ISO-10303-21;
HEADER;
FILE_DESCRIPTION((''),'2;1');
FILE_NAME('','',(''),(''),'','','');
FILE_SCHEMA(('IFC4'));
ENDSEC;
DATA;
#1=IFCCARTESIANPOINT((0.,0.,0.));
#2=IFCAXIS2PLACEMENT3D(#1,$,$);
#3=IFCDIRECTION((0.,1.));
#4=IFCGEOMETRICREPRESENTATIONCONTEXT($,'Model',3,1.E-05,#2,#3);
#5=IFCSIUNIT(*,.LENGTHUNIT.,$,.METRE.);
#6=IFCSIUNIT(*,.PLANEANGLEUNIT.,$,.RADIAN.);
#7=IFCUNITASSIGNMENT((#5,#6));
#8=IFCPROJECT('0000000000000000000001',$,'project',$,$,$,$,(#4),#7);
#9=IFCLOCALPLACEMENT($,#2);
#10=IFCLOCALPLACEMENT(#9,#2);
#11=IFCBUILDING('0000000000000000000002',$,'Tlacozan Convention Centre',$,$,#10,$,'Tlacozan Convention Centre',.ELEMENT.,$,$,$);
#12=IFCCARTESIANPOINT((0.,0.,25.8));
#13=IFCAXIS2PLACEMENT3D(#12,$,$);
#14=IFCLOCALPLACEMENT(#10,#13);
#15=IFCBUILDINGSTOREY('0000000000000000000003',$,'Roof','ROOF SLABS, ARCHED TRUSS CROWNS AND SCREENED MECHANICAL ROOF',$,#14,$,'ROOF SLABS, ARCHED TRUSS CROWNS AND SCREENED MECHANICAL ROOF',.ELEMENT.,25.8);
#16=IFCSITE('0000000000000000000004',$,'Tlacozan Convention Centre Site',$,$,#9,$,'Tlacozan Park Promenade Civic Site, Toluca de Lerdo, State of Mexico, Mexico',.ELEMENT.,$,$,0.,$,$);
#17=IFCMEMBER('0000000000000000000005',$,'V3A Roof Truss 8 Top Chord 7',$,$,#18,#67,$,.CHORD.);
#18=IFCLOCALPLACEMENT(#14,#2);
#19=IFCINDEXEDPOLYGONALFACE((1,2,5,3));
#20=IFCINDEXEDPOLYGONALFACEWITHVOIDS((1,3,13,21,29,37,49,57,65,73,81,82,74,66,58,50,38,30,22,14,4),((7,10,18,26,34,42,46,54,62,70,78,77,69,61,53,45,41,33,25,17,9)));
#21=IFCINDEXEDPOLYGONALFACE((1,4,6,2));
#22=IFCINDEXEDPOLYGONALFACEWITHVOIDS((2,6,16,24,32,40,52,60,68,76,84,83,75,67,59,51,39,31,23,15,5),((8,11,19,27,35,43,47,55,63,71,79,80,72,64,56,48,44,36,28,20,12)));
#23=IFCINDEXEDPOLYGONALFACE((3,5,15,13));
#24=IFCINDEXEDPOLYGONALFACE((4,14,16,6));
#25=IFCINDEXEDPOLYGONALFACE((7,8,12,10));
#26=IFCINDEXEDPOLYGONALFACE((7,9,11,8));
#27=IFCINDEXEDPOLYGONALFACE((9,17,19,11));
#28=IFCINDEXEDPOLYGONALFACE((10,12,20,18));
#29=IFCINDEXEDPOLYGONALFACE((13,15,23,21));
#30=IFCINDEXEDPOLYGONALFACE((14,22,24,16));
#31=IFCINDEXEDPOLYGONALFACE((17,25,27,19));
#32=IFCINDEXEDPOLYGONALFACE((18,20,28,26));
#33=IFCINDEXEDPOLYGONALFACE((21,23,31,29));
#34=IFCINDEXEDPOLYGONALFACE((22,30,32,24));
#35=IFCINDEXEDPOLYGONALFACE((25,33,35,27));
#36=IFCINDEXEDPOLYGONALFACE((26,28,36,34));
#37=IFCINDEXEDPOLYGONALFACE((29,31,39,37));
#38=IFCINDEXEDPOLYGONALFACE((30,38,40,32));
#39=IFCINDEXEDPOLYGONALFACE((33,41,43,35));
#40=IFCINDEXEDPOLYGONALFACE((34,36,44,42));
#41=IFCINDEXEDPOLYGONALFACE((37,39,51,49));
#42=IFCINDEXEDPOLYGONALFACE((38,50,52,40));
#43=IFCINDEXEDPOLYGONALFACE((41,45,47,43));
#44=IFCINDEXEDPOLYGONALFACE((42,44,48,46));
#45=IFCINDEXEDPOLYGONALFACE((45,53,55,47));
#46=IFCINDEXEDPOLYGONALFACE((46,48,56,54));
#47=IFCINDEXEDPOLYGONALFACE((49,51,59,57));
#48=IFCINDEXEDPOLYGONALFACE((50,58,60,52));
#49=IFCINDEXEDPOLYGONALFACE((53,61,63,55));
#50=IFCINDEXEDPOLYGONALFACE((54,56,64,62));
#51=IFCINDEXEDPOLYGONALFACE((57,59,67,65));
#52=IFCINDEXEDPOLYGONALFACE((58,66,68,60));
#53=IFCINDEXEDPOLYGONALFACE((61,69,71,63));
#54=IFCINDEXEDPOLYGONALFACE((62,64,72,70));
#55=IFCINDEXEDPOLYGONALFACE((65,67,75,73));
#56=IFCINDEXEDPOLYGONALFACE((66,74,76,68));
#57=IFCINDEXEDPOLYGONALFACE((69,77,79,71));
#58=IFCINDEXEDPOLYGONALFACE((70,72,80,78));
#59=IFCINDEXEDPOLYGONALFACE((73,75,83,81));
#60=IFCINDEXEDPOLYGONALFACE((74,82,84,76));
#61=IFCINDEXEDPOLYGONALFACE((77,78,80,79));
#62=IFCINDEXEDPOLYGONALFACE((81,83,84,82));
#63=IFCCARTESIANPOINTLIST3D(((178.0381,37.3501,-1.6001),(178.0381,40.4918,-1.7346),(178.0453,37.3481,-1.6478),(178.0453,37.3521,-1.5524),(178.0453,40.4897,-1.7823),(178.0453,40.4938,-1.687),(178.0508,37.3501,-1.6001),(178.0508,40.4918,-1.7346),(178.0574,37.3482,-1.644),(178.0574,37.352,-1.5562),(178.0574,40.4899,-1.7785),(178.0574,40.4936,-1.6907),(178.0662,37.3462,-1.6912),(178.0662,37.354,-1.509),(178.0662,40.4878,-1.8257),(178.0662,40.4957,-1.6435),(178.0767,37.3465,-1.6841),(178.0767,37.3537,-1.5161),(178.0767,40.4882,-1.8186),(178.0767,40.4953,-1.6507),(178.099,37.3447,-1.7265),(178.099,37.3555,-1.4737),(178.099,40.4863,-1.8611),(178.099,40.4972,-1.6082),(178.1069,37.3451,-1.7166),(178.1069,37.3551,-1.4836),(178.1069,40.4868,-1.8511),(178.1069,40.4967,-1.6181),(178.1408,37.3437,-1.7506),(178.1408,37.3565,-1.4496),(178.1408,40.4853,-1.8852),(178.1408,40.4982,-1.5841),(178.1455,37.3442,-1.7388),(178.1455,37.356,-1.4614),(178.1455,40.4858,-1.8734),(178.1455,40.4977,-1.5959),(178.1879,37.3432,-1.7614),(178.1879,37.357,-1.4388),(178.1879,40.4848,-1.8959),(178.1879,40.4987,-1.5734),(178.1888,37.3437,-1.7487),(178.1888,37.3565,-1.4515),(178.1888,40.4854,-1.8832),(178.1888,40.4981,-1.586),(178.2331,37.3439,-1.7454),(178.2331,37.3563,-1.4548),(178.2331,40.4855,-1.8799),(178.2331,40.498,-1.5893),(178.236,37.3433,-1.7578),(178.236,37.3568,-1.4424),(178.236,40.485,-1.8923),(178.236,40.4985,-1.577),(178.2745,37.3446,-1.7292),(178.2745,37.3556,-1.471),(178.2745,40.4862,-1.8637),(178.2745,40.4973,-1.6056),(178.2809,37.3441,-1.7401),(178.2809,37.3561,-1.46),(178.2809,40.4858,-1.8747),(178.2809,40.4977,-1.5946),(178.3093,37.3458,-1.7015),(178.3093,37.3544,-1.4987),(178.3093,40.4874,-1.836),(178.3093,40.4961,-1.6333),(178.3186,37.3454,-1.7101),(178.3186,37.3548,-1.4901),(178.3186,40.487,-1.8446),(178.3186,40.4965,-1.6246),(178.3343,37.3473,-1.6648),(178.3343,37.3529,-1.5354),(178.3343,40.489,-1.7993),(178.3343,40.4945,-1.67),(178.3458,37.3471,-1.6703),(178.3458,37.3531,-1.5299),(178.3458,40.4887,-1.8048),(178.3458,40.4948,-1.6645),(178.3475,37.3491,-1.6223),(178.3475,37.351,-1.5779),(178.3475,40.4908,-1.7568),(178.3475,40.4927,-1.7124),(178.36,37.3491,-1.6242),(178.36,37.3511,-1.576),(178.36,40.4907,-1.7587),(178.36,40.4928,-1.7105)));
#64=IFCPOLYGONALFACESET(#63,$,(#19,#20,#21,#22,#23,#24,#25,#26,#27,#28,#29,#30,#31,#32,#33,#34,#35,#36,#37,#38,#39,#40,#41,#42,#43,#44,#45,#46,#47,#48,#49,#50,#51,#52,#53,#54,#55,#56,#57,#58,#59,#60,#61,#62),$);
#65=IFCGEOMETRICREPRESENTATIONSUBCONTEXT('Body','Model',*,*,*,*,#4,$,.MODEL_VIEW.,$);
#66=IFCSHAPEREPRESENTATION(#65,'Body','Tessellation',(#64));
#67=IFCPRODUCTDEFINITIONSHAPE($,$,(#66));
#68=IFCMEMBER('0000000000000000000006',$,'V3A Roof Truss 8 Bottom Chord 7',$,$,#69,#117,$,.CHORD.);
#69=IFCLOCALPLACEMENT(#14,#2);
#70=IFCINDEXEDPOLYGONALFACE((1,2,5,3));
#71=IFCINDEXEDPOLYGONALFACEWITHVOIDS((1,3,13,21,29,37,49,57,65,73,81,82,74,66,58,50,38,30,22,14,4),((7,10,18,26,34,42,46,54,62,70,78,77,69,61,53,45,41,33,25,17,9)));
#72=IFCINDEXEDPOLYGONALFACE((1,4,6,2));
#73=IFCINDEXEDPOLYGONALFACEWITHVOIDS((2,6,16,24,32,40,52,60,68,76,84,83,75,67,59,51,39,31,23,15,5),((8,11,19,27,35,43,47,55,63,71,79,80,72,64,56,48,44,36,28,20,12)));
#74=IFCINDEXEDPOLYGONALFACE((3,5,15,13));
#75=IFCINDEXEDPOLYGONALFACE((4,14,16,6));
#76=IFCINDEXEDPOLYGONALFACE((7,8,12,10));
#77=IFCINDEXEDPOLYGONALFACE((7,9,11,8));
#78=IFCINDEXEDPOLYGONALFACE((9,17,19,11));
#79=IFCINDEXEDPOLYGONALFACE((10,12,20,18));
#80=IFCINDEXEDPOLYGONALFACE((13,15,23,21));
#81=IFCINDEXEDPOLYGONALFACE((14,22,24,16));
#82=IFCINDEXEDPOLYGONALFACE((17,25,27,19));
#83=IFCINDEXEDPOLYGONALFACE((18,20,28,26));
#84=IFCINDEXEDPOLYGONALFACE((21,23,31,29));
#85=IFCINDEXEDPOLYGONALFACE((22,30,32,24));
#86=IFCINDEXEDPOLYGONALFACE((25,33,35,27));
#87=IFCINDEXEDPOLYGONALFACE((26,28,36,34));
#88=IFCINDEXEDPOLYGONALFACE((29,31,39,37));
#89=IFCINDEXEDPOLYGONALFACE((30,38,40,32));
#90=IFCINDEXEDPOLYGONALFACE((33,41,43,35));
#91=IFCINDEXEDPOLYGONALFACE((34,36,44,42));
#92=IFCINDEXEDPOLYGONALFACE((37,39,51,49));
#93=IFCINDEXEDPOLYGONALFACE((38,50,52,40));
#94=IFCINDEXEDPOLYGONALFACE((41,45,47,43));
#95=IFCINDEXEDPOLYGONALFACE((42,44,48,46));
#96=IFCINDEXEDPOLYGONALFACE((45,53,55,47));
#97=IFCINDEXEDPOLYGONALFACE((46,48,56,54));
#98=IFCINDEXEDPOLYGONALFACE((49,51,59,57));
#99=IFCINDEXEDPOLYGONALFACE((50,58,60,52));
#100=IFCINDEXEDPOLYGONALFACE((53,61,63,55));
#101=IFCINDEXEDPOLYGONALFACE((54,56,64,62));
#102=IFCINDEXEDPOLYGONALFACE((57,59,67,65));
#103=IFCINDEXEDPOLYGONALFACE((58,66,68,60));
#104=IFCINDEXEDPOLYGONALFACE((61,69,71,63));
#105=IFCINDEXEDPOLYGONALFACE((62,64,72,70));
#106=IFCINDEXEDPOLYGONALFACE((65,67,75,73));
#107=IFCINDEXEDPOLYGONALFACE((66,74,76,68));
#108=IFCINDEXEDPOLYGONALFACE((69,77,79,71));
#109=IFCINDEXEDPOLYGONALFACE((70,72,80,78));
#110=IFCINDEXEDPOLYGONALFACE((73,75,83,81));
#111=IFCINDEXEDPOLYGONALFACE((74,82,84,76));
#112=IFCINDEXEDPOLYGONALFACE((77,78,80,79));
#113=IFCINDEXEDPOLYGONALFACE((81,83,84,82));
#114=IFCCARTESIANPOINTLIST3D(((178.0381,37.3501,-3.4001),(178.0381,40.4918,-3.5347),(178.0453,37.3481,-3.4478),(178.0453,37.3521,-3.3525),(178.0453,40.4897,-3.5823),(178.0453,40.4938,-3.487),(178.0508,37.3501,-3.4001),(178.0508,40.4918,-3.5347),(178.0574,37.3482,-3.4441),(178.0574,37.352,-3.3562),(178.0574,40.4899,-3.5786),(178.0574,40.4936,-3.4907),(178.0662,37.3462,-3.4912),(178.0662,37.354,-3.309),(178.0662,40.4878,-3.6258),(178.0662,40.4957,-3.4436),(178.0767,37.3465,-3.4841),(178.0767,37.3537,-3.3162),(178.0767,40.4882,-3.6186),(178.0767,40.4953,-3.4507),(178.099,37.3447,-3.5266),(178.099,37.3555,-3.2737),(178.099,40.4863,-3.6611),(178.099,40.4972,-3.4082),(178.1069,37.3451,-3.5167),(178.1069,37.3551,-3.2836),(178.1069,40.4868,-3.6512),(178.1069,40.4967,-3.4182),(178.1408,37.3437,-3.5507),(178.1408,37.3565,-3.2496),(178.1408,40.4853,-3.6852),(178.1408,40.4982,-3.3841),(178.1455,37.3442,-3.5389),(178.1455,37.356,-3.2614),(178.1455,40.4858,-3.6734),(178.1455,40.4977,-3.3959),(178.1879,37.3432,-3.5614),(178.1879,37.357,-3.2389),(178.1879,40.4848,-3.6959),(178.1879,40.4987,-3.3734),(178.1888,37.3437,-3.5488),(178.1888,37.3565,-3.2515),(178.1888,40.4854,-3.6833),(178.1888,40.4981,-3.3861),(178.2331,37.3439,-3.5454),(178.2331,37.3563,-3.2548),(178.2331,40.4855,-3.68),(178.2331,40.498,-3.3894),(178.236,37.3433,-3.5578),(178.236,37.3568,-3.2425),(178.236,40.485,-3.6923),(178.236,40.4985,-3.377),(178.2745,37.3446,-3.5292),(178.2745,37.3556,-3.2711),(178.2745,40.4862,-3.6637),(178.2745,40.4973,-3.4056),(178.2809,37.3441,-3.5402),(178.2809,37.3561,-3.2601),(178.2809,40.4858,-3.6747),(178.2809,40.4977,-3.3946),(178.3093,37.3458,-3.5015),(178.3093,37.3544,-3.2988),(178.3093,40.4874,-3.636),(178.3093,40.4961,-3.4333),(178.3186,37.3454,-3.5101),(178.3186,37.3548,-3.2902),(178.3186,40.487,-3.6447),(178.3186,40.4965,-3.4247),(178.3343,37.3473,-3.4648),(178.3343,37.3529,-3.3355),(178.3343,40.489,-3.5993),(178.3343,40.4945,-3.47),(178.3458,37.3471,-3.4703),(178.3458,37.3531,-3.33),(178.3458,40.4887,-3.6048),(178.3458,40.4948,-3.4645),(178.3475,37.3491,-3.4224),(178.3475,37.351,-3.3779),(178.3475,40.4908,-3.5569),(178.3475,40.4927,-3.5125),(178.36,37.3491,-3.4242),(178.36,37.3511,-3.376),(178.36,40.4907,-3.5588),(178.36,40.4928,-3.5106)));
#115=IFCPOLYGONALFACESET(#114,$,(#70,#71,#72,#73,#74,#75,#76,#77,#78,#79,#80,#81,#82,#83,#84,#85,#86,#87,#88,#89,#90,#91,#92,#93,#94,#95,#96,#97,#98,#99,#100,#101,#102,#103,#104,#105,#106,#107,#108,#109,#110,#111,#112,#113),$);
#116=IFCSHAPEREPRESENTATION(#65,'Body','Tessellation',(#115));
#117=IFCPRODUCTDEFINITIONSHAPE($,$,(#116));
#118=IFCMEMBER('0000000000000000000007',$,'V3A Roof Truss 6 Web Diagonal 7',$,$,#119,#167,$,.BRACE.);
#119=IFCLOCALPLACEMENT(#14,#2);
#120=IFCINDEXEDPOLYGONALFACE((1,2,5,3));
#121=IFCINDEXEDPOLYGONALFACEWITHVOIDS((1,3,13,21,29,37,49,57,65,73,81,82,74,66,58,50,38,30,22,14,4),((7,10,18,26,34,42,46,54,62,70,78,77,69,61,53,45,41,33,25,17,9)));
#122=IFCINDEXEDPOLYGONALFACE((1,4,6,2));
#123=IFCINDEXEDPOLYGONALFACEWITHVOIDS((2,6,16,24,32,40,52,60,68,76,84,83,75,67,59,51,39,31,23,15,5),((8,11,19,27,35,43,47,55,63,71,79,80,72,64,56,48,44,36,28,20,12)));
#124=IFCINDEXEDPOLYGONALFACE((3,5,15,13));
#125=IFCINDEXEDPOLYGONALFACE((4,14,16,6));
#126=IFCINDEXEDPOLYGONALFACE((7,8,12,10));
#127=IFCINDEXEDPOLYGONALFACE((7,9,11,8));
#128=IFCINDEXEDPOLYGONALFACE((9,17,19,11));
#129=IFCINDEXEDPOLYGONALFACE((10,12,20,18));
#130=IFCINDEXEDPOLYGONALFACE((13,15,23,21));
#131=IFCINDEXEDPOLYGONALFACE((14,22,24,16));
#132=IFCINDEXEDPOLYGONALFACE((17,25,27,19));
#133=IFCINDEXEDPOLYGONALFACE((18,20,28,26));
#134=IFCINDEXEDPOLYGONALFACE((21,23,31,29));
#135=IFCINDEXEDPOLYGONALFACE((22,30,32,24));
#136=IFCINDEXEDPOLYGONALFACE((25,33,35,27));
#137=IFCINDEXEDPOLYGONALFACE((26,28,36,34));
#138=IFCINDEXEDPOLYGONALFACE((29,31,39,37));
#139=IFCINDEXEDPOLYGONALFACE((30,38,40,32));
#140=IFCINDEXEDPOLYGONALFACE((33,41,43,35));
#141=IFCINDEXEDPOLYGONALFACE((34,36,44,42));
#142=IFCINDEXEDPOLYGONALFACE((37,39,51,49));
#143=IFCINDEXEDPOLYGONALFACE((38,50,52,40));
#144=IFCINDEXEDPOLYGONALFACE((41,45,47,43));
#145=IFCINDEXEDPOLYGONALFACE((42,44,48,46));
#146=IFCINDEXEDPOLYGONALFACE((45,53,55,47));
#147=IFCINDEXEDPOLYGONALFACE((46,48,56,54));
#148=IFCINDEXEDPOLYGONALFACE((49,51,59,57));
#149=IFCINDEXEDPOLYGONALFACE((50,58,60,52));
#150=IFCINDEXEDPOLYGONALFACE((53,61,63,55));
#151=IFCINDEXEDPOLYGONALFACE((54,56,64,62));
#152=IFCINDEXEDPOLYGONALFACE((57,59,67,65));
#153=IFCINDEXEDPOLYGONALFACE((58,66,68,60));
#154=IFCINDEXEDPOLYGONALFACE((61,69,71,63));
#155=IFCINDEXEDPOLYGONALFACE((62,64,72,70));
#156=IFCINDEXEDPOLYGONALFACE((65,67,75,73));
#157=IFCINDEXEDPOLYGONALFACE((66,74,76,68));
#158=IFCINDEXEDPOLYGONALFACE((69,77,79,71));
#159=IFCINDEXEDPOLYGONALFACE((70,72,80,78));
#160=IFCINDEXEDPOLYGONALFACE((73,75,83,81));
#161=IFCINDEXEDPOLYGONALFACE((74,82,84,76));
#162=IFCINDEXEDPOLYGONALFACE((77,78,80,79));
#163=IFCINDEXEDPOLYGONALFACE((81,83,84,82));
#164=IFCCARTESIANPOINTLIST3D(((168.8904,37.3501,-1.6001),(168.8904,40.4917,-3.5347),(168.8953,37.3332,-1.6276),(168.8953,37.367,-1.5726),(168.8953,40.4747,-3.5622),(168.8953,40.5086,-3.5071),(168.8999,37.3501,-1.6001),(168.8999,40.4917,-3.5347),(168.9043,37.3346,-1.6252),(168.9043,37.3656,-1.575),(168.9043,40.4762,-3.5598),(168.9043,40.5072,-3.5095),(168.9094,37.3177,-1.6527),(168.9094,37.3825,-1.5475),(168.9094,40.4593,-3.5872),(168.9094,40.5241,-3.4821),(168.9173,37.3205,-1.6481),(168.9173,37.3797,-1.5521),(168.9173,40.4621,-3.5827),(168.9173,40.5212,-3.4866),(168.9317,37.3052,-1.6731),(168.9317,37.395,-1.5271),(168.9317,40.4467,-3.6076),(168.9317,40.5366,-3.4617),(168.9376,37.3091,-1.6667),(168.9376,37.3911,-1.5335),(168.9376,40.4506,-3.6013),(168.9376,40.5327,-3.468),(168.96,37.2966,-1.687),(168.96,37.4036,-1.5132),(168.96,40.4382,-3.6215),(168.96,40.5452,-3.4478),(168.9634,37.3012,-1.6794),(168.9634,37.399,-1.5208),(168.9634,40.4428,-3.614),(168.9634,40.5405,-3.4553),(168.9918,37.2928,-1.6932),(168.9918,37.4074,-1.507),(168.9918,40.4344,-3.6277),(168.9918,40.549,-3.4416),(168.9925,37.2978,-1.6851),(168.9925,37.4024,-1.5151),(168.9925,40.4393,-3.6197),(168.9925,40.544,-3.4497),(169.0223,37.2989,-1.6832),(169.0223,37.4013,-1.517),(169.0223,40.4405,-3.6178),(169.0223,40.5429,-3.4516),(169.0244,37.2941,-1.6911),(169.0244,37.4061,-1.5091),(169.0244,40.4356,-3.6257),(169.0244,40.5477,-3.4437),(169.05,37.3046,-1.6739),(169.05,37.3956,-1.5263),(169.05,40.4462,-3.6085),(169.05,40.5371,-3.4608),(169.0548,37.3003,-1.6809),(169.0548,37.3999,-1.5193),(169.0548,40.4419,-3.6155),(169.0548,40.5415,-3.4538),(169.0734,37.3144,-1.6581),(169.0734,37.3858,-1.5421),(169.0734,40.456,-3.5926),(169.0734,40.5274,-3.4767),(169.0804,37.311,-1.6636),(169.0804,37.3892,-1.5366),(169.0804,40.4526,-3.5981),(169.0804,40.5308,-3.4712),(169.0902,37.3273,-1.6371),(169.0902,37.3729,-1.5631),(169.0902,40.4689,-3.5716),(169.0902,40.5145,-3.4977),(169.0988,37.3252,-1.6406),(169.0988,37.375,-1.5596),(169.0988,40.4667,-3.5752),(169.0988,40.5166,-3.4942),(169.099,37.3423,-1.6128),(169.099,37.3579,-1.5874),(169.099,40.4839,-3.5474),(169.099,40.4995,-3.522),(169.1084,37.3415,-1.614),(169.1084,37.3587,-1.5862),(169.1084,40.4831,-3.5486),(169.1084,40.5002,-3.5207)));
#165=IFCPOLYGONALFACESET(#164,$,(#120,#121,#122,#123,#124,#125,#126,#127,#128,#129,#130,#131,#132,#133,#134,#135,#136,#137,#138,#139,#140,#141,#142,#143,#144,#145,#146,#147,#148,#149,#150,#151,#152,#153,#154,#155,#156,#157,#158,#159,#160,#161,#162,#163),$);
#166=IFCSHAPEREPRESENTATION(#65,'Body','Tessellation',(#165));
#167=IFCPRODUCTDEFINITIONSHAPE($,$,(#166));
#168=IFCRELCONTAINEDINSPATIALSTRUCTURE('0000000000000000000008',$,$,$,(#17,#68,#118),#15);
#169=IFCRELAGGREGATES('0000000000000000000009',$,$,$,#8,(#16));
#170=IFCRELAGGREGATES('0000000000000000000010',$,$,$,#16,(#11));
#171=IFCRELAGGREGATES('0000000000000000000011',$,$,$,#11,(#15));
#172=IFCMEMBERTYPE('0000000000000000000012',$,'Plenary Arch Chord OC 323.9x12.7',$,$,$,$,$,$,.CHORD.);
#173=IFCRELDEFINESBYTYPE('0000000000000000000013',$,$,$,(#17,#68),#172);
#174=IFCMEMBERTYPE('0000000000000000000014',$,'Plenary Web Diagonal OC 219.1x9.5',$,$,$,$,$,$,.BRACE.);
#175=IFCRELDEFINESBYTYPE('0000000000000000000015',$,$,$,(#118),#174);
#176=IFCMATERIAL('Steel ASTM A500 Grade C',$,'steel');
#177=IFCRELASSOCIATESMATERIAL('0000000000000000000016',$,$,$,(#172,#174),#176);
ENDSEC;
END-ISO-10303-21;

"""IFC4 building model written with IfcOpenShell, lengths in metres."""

from ifc_helpers import new_model, si_unit, direction, frame, origin, origin_2d, place, context, subcontext, project, spatial, hollow_circle, extrude, material, material_profile, profile_set, type_object, element, save


model = new_model("IFC4")

# Units and contexts
model_context = context("Model", 3, precision=1e-05, world=origin(), true_north=direction((0.0, 1.0)))
body_context = subcontext(model_context, "Body", "Model", "MODEL_VIEW")
ifc_project = project(units=[si_unit("LENGTHUNIT", "METRE"), si_unit("PLANEANGLEUNIT", "RADIAN")], contexts=[model_context])

# Site, building, storey
site_placement = place(None, origin())
site = spatial("IfcSite", under=ifc_project, at=site_placement, Name="Tlacozan Convention Centre Site", LongName="Tlacozan Park Promenade Civic Site, Toluca de Lerdo, State of Mexico, Mexico", CompositionType="ELEMENT", RefElevation=0.0)
building_placement = place(site_placement, origin())
building = spatial("IfcBuilding", under=site, at=building_placement, Name="Tlacozan Convention Centre", LongName="Tlacozan Convention Centre", CompositionType="ELEMENT")
storey_placement = place(building_placement, frame((0.0, 0.0, 25.8)))
storey = spatial("IfcBuildingStorey", under=building, at=storey_placement, Name="Roof", Description="ROOF SLABS, ARCHED TRUSS CROWNS AND SCREENED MECHANICAL ROOF", LongName="ROOF SLABS, ARCHED TRUSS CROWNS AND SCREENED MECHANICAL ROOF", CompositionType="ELEMENT", Elevation=25.8)

# Members
ifc_material_1 = material(Name="Steel ASTM A500 Grade C", Category="steel")
ifc_material_profile_1 = material_profile(ifc_material_1, hollow_circle(Radius=0.1619, WallThickness=0.0127, at=origin_2d()), Name="OC 323.9x12.7")
ifc_profile_set_1 = profile_set([ifc_material_profile_1], Name="Steel ASTM A500 Grade C")
member_type_1 = type_object("IfcMemberType", Name="Plenary Arch Chord OC 323.9x12.7", PredefinedType="CHORD", material=ifc_profile_set_1)
for number, where, z_axis, x_axis, name in (
    (1, (178.2, 37.3501, -1.6001), (0.0, 0.999085, -0.04278), (-1.0, 0.0, 0.0), "V3A Roof Truss 8 Top Chord 7"),
    (2, (178.2, 37.3501, -3.4001), (0.0, 0.999085, -0.04278), (-1.0, 0.0, 0.0), "V3A Roof Truss 8 Bottom Chord 7"),
):
    element("IfcMember", number, at=place(storey_placement, frame(where, z_axis=z_axis, x_axis=x_axis)), inside=storey, type_object=member_type_1, Name=name, PredefinedType="CHORD", context=body_context, shape_type="SweptSolid", body=[
        extrude(hollow_circle(Radius=0.1619, WallThickness=0.0127, at=origin_2d()), origin(), (0.0, 0.0, 1.0), 3.1445),
    ])
ifc_material_profile_2 = material_profile(ifc_material_1, hollow_circle(Radius=0.1096, WallThickness=0.0095, at=origin_2d()), Name="OC 219.1x9.5")
ifc_profile_set_2 = profile_set([ifc_material_profile_2], Name="Steel ASTM A500 Grade C")
member_type_2 = type_object("IfcMemberType", Name="Plenary Web Diagonal OC 219.1x9.5", PredefinedType="BRACE", material=ifc_profile_set_2)
for number, where, z_axis, x_axis, name in (
    (3, (169.0, 37.3501, -1.6001), (0.0, 0.851504, -0.524348), (-1.0, 0.0, 0.0), "V3A Roof Truss 6 Web Diagonal 7"),
):
    element("IfcMember", number, at=place(storey_placement, frame(where, z_axis=z_axis, x_axis=x_axis)), inside=storey, type_object=member_type_2, Name=name, PredefinedType="BRACE", context=body_context, shape_type="SweptSolid", body=[
        extrude(hollow_circle(Radius=0.1096, WallThickness=0.0095, at=origin_2d()), origin(), (0.0, 0.0, 1.0), 3.6895),
    ])

save(model, "model.ifc")
